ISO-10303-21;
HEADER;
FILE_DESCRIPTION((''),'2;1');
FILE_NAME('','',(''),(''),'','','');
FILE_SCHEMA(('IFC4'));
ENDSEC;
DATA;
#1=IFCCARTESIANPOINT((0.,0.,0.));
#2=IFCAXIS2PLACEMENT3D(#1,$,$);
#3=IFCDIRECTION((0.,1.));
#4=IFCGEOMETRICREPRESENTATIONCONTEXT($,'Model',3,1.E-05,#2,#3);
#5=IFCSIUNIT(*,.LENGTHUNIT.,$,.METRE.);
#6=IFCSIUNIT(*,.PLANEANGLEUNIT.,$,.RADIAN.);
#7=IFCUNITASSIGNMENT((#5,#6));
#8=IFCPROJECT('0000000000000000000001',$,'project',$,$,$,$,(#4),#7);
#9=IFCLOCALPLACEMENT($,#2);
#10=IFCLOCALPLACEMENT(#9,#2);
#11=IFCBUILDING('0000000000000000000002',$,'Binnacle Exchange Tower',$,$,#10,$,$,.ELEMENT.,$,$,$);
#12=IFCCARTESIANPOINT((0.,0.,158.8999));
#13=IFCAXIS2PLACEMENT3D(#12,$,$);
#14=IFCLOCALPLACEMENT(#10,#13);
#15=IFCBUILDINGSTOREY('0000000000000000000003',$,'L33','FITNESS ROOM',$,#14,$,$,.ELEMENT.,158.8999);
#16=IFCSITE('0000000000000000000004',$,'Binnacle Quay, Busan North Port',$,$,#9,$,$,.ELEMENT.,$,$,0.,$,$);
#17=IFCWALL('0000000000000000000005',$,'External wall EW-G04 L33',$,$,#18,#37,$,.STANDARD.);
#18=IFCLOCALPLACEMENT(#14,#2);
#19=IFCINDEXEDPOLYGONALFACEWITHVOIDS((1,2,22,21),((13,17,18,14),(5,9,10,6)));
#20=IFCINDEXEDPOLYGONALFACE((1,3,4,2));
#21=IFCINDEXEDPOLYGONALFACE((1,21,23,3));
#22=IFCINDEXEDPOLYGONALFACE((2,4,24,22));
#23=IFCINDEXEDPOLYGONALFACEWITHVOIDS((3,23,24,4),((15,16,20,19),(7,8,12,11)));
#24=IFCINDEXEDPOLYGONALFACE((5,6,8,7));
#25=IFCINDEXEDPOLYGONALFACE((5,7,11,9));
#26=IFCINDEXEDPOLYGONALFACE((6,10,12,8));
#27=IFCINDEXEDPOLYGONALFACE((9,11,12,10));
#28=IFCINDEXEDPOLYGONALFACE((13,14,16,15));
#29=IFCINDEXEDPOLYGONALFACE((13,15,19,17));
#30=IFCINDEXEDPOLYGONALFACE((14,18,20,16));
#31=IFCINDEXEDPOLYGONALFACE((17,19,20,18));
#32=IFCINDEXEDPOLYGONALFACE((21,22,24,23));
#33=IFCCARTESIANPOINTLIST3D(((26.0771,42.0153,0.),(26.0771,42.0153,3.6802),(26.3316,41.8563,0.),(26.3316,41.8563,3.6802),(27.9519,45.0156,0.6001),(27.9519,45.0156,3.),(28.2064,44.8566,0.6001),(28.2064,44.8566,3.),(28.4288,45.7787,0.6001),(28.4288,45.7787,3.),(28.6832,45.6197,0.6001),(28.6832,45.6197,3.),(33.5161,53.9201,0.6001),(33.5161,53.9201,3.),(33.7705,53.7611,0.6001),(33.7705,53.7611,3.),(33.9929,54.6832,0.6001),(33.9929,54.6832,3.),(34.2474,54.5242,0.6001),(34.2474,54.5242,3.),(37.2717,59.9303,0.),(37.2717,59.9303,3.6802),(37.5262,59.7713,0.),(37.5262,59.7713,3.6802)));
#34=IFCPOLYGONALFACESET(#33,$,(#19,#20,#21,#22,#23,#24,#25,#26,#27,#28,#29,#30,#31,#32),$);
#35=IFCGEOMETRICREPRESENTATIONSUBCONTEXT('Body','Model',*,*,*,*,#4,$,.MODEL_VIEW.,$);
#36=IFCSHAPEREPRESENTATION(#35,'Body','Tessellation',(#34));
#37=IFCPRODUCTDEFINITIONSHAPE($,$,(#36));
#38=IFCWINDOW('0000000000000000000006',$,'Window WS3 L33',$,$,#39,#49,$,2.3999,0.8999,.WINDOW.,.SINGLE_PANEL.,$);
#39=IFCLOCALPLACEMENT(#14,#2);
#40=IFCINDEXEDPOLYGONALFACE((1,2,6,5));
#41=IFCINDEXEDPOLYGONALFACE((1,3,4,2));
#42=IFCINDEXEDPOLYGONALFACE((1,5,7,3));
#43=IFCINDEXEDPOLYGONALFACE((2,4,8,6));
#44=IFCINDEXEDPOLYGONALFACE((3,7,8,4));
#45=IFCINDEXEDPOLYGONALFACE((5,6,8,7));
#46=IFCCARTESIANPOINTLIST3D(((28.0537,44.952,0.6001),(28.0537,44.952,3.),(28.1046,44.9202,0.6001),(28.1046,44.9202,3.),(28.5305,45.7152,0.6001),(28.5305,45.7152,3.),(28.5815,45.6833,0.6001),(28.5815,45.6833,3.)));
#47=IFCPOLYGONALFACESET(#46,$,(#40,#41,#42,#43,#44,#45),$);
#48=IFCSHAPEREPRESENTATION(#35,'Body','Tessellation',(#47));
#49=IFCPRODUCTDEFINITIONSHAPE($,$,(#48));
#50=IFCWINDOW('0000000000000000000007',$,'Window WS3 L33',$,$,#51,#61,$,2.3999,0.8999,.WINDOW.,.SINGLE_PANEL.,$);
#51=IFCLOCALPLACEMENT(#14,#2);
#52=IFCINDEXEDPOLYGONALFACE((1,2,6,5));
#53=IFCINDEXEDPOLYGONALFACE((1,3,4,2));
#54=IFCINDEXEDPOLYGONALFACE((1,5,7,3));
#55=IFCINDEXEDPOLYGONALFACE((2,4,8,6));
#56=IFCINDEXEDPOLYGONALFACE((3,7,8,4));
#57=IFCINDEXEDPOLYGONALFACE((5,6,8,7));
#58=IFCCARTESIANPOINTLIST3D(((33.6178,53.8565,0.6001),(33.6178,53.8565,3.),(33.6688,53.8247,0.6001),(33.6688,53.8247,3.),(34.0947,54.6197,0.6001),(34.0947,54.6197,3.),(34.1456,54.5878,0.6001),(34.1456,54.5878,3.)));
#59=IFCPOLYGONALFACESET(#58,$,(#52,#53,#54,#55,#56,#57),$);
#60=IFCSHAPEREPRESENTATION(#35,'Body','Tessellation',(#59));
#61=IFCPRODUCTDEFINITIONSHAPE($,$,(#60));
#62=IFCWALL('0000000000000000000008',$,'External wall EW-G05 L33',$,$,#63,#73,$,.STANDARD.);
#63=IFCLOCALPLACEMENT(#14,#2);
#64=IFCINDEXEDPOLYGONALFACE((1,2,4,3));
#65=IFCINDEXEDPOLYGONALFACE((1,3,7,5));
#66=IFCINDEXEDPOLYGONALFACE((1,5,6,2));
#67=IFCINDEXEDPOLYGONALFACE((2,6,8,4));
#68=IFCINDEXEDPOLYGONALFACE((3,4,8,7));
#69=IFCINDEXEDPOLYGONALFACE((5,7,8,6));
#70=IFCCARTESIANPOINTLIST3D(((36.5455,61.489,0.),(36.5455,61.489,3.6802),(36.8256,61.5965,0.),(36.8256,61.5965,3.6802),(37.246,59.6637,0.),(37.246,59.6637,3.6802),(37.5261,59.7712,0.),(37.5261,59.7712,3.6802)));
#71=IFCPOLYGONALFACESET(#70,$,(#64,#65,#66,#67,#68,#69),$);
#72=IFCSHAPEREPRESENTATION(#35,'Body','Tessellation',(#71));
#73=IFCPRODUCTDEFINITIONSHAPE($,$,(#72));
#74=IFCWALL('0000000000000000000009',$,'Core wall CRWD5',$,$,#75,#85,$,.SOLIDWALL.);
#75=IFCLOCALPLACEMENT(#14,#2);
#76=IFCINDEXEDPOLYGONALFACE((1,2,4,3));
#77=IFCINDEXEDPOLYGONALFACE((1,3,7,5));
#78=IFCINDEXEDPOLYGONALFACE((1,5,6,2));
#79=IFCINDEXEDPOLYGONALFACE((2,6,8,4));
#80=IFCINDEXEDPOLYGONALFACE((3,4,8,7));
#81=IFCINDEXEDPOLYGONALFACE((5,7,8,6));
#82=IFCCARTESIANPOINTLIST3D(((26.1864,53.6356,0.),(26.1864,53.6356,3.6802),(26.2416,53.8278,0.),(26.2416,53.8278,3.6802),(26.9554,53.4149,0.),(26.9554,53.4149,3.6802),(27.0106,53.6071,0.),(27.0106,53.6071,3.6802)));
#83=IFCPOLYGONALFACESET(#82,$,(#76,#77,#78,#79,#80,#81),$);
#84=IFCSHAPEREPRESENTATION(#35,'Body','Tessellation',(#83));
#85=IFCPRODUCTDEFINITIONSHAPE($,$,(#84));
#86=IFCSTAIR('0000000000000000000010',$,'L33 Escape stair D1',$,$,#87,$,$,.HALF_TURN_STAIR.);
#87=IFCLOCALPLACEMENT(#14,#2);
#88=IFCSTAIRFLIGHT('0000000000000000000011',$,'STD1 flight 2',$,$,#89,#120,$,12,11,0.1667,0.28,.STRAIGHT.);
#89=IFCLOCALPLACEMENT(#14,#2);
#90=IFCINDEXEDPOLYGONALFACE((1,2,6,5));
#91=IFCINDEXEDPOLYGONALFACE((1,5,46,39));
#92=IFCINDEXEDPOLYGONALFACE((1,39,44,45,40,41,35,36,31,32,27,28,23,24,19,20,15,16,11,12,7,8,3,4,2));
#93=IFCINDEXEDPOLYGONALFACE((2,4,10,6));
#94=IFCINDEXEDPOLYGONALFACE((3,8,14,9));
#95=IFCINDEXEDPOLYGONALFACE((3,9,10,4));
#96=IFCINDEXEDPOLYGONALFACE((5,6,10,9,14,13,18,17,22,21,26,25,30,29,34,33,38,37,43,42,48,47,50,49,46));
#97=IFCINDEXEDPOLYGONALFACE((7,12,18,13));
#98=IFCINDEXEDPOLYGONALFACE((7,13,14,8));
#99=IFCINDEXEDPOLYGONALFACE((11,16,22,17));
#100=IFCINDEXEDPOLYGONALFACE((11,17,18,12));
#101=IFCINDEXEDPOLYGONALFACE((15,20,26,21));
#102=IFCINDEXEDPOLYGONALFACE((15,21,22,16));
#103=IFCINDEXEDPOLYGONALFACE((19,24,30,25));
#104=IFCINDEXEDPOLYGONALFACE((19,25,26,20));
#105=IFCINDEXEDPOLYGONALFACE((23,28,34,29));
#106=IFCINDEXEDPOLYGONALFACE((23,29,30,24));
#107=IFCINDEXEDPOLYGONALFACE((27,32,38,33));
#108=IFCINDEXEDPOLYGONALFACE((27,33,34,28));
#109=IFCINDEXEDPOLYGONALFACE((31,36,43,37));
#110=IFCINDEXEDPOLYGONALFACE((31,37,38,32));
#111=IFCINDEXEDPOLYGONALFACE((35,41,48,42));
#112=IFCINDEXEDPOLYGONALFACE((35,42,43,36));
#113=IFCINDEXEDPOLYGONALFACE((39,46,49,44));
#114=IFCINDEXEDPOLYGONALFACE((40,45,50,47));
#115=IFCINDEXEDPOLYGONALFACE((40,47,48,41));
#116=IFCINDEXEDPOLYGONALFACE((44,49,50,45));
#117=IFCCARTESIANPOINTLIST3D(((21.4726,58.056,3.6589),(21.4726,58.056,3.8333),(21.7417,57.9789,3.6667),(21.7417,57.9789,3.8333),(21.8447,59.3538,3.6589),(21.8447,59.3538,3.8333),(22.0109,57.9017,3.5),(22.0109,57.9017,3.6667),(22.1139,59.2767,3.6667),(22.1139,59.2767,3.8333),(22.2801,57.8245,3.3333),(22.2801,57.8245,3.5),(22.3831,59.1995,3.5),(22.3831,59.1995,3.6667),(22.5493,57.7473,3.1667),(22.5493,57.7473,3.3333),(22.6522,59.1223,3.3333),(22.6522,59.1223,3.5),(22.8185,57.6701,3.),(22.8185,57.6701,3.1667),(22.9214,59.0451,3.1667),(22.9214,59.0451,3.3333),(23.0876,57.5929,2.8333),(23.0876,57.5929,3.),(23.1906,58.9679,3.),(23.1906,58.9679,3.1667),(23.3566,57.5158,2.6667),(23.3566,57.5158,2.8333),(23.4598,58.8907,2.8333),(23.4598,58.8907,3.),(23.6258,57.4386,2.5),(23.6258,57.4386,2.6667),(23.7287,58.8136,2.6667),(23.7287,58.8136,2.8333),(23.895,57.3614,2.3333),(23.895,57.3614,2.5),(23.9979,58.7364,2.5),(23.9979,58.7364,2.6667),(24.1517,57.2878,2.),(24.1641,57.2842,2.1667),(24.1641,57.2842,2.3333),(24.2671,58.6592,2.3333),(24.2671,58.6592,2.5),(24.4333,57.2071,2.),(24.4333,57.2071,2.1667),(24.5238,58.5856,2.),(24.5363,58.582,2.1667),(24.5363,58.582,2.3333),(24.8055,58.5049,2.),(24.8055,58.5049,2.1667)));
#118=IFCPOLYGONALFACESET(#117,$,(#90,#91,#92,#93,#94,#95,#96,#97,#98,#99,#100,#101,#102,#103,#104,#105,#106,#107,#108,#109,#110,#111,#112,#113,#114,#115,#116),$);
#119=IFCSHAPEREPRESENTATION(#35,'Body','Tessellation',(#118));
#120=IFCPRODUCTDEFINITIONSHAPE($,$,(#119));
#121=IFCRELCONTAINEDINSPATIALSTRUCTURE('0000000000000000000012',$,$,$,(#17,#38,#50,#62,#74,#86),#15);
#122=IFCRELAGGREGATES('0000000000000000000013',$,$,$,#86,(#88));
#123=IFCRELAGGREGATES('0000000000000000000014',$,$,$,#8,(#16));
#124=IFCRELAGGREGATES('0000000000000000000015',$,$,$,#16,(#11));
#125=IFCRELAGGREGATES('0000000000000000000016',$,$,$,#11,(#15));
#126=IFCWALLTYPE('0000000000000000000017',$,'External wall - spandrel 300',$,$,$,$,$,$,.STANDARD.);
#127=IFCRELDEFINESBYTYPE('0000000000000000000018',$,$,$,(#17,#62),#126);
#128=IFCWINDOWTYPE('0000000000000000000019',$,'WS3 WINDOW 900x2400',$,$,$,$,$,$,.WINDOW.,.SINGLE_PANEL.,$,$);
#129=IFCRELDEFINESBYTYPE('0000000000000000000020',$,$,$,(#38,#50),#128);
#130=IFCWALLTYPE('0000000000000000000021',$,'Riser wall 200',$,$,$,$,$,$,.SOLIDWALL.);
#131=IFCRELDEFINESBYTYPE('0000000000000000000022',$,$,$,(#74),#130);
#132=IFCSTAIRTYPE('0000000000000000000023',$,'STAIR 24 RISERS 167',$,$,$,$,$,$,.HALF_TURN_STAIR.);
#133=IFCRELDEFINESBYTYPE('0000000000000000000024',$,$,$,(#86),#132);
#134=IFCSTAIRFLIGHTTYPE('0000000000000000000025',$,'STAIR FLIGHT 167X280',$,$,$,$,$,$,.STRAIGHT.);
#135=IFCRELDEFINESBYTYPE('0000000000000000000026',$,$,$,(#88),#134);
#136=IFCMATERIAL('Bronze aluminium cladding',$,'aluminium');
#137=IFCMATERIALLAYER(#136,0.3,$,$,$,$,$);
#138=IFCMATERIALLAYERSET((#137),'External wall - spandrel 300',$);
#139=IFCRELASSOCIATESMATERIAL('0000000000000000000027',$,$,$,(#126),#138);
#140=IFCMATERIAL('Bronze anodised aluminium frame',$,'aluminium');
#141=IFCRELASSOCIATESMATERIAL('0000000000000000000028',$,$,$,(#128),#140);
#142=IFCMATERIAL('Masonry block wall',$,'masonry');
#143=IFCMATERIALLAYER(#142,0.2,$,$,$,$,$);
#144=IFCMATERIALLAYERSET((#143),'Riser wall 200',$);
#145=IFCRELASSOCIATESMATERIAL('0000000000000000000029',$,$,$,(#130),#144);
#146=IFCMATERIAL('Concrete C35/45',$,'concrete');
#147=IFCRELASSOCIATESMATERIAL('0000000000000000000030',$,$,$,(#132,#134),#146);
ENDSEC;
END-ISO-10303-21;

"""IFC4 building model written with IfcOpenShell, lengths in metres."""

from ifc_helpers import new_model, si_unit, direction, frame, frame_2d, origin, place, context, subcontext, project, spatial, polyline, rectangle, outline, extrude, material, layer, layer_set, type_object, element, fill, aggregate, save


model = new_model("IFC4")

# Units and contexts
model_context = context("Model", 3, precision=1e-05, world=origin(), true_north=direction((0.0, 1.0)))
body_context = subcontext(model_context, "Body", "Model", "MODEL_VIEW")
ifc_project = project(units=[si_unit("LENGTHUNIT", "METRE"), si_unit("PLANEANGLEUNIT", "RADIAN")], contexts=[model_context])

# Site, building, storey
site_placement = place(None, origin())
site = spatial("IfcSite", under=ifc_project, at=site_placement, Name="Binnacle Quay, Busan North Port", CompositionType="ELEMENT", RefElevation=0.0)
building_placement = place(site_placement, origin())
building = spatial("IfcBuilding", under=site, at=building_placement, Name="Binnacle Exchange Tower", CompositionType="ELEMENT")
storey_placement = place(building_placement, frame((0.0, 0.0, 158.8999)))
storey = spatial("IfcBuildingStorey", under=building, at=storey_placement, Name="L33", Description="FITNESS ROOM", CompositionType="ELEMENT", Elevation=158.8999)

# Wall, openings, windows
ifc_material_1 = material(Name="Bronze aluminium cladding", Category="aluminium")
ifc_layer_1 = layer(ifc_material_1, 0.3)
ifc_layer_set_1 = layer_set([ifc_layer_1], Name="External wall - spandrel 300")
wall_type_1 = type_object("IfcWallType", Name="External wall - spandrel 300", PredefinedType="STANDARD", material=ifc_layer_set_1)
wall_1_placement = place(storey_placement, frame((37.3989, 59.8508, 0.0), z_axis=(0.0, 0.0, 1.0), x_axis=(-0.52992, -0.848048, 0.0)))
wall_1 = element("IfcWall", 1, at=wall_1_placement, inside=storey, type_object=wall_type_1, Name="External wall EW-G04 L33", PredefinedType="STANDARD", context=body_context, shape_type="SweptSolid", body=[
    extrude(rectangle(XDim=21.125, YDim=0.3, at=frame_2d((10.5625, 0.0))), origin(), (0.0, 0.0, 1.0), 3.6802),
])
opening_1_placement = place(wall_1_placement, frame((16.6873, 0.0, 0.6001)))
opening_1 = element("IfcOpeningElement", 2, at=opening_1_placement, cuts=wall_1, PredefinedType="OPENING", context=body_context, shape_type="SweptSolid", body=[
    extrude(rectangle(XDim=0.8999, YDim=2.3999, at=frame_2d((0.45, 1.2))), frame((0.0, 0.1599, 0.0), z_axis=(0.0, -1.0, 0.0), x_axis=(1.0, 0.0, 0.0)), (0.0, 0.0, 1.0), 0.3201),
])
opening_2_placement = place(wall_1_placement, frame((6.1873, 0.0, 0.6001)))
opening_2 = element("IfcOpeningElement", 3, at=opening_2_placement, cuts=wall_1, PredefinedType="OPENING", context=body_context, shape_type="SweptSolid", body=[
    extrude(rectangle(XDim=0.8999, YDim=2.3999, at=frame_2d((0.45, 1.2))), frame((0.0, 0.1599, 0.0), z_axis=(0.0, -1.0, 0.0), x_axis=(1.0, 0.0, 0.0)), (0.0, 0.0, 1.0), 0.3201),
])
ifc_material_2 = material(Name="Bronze anodised aluminium frame", Category="aluminium")
window_type = type_object("IfcWindowType", Name="WS3 WINDOW 900x2400", PartitioningType="SINGLE_PANEL", PredefinedType="WINDOW", material=ifc_material_2)
window_1_placement = place(opening_1_placement, origin())
window_1 = element("IfcWindow", 4, at=window_1_placement, inside=storey, type_object=window_type, Name="Window WS3 L33", OverallHeight=2.3999, OverallWidth=0.8999, PartitioningType="SINGLE_PANEL", PredefinedType="WINDOW", context=body_context, shape_type="SweptSolid", body=[
    extrude(rectangle(XDim=0.8999, YDim=2.3999, at=frame_2d((0.45, 1.2))), frame((0.0, 0.03, 0.0), z_axis=(0.0, -1.0, 0.0), x_axis=(1.0, 0.0, 0.0)), (0.0, 0.0, 1.0), 0.0601),
])
fill(opening_1, window_1)
window_2_placement = place(opening_2_placement, origin())
window_2 = element("IfcWindow", 5, at=window_2_placement, inside=storey, type_object=window_type, Name="Window WS3 L33", OverallHeight=2.3999, OverallWidth=0.8999, PartitioningType="SINGLE_PANEL", PredefinedType="WINDOW", context=body_context, shape_type="SweptSolid", body=[
    extrude(rectangle(XDim=0.8999, YDim=2.3999, at=frame_2d((0.45, 1.2))), frame((0.0, 0.03, 0.0), z_axis=(0.0, -1.0, 0.0), x_axis=(1.0, 0.0, 0.0)), (0.0, 0.0, 1.0), 0.0601),
])
fill(opening_2, window_2)

# Walls
wall_2_placement = place(storey_placement, frame((36.6855, 61.5427, 0.0), z_axis=(0.0, 0.0, 1.0), x_axis=(0.358284, -0.933612, 0.0)))
element("IfcWall", 6, at=wall_2_placement, inside=storey, type_object=wall_type_1, Name="External wall EW-G05 L33", PredefinedType="STANDARD", context=body_context, shape_type="SweptSolid", body=[
    extrude(rectangle(XDim=1.9551, YDim=0.3, at=frame_2d((0.9775, 0.0))), origin(), (0.0, 0.0, 1.0), 3.6802),
])
ifc_material_3 = material(Name="Masonry block wall", Category="masonry")
ifc_layer_2 = layer(ifc_material_3, 0.2)
ifc_layer_set_2 = layer_set([ifc_layer_2], Name="Riser wall 200")
wall_type_2 = type_object("IfcWallType", Name="Riser wall 200", PredefinedType="SOLIDWALL", material=ifc_layer_set_2)
wall_3_placement = place(storey_placement, frame((26.2141, 53.7317, 0.0), z_axis=(0.0, 0.0, 1.0), x_axis=(0.961201, -0.275849, 0.0)))
element("IfcWall", 7, at=wall_3_placement, inside=storey, type_object=wall_type_2, Name="Core wall CRWD5", PredefinedType="SOLIDWALL", context=body_context, shape_type="SweptSolid", body=[
    extrude(rectangle(XDim=0.8, YDim=0.2, at=frame_2d((0.3999, 0.0))), origin(), (0.0, 0.0, 1.0), 3.6802),
])

# Stair, stair flight
ifc_material_4 = material(Name="Concrete C35/45", Category="concrete")
stair_type = type_object("IfcStairType", Name="STAIR 24 RISERS 167", PredefinedType="HALF_TURN_STAIR", material=ifc_material_4)
stair_placement = place(storey_placement, origin())
stair = element("IfcStair", 8, at=stair_placement, inside=storey, type_object=stair_type, Name="L33 Escape stair D1", PredefinedType="HALF_TURN_STAIR")
stair_flight_type = type_object("IfcStairFlightType", Name="STAIR FLIGHT 167X280", PredefinedType="STRAIGHT", material=ifc_material_4)
stair_flight_placement = place(storey_placement, frame((24.6194, 57.856, 2.0), z_axis=(0.0, 0.0, 1.0), x_axis=(-0.961262, 0.275637, 0.0)))
stair_flight = element("IfcStairFlight", 9, at=stair_flight_placement, type_object=stair_flight_type, Name="STD1 flight 2", NumberOfRisers=12, NumberOfTreads=11, PredefinedType="STRAIGHT", RiserHeight=0.1667, TreadLength=0.28, context=body_context, shape_type="SweptSolid", body=[
    extrude(outline(polyline([(0.0, 0.0), (0.0, 0.1667), (0.28, 0.1667), (0.28, 0.3333), (0.5601, 0.3333), (0.5601, 0.5), (0.8401, 0.5), (0.8401, 0.6667), (1.1201, 0.6667), (1.1201, 0.8333), (1.3999, 0.8333), (1.3999, 1.0), (1.6799, 1.0), (1.6799, 1.1667), (1.96, 1.1667), (1.96, 1.3333), (2.24, 1.3333), (2.24, 1.5), (2.52, 1.5), (2.52, 1.6667), (2.8, 1.6667), (2.8, 1.8333), (3.0801, 1.8333), (3.0801, 2.0), (3.0801, 1.6589), (0.293, 0.0), (0.0, 0.0)])), frame((0.0, 0.675, 0.0), z_axis=(0.0, -1.0, 0.0), x_axis=(1.0, 0.0, 0.0)), (0.0, 0.0, 1.0), 1.3501),
])
aggregate(stair, [stair_flight])

save(model, "model.ifc")
